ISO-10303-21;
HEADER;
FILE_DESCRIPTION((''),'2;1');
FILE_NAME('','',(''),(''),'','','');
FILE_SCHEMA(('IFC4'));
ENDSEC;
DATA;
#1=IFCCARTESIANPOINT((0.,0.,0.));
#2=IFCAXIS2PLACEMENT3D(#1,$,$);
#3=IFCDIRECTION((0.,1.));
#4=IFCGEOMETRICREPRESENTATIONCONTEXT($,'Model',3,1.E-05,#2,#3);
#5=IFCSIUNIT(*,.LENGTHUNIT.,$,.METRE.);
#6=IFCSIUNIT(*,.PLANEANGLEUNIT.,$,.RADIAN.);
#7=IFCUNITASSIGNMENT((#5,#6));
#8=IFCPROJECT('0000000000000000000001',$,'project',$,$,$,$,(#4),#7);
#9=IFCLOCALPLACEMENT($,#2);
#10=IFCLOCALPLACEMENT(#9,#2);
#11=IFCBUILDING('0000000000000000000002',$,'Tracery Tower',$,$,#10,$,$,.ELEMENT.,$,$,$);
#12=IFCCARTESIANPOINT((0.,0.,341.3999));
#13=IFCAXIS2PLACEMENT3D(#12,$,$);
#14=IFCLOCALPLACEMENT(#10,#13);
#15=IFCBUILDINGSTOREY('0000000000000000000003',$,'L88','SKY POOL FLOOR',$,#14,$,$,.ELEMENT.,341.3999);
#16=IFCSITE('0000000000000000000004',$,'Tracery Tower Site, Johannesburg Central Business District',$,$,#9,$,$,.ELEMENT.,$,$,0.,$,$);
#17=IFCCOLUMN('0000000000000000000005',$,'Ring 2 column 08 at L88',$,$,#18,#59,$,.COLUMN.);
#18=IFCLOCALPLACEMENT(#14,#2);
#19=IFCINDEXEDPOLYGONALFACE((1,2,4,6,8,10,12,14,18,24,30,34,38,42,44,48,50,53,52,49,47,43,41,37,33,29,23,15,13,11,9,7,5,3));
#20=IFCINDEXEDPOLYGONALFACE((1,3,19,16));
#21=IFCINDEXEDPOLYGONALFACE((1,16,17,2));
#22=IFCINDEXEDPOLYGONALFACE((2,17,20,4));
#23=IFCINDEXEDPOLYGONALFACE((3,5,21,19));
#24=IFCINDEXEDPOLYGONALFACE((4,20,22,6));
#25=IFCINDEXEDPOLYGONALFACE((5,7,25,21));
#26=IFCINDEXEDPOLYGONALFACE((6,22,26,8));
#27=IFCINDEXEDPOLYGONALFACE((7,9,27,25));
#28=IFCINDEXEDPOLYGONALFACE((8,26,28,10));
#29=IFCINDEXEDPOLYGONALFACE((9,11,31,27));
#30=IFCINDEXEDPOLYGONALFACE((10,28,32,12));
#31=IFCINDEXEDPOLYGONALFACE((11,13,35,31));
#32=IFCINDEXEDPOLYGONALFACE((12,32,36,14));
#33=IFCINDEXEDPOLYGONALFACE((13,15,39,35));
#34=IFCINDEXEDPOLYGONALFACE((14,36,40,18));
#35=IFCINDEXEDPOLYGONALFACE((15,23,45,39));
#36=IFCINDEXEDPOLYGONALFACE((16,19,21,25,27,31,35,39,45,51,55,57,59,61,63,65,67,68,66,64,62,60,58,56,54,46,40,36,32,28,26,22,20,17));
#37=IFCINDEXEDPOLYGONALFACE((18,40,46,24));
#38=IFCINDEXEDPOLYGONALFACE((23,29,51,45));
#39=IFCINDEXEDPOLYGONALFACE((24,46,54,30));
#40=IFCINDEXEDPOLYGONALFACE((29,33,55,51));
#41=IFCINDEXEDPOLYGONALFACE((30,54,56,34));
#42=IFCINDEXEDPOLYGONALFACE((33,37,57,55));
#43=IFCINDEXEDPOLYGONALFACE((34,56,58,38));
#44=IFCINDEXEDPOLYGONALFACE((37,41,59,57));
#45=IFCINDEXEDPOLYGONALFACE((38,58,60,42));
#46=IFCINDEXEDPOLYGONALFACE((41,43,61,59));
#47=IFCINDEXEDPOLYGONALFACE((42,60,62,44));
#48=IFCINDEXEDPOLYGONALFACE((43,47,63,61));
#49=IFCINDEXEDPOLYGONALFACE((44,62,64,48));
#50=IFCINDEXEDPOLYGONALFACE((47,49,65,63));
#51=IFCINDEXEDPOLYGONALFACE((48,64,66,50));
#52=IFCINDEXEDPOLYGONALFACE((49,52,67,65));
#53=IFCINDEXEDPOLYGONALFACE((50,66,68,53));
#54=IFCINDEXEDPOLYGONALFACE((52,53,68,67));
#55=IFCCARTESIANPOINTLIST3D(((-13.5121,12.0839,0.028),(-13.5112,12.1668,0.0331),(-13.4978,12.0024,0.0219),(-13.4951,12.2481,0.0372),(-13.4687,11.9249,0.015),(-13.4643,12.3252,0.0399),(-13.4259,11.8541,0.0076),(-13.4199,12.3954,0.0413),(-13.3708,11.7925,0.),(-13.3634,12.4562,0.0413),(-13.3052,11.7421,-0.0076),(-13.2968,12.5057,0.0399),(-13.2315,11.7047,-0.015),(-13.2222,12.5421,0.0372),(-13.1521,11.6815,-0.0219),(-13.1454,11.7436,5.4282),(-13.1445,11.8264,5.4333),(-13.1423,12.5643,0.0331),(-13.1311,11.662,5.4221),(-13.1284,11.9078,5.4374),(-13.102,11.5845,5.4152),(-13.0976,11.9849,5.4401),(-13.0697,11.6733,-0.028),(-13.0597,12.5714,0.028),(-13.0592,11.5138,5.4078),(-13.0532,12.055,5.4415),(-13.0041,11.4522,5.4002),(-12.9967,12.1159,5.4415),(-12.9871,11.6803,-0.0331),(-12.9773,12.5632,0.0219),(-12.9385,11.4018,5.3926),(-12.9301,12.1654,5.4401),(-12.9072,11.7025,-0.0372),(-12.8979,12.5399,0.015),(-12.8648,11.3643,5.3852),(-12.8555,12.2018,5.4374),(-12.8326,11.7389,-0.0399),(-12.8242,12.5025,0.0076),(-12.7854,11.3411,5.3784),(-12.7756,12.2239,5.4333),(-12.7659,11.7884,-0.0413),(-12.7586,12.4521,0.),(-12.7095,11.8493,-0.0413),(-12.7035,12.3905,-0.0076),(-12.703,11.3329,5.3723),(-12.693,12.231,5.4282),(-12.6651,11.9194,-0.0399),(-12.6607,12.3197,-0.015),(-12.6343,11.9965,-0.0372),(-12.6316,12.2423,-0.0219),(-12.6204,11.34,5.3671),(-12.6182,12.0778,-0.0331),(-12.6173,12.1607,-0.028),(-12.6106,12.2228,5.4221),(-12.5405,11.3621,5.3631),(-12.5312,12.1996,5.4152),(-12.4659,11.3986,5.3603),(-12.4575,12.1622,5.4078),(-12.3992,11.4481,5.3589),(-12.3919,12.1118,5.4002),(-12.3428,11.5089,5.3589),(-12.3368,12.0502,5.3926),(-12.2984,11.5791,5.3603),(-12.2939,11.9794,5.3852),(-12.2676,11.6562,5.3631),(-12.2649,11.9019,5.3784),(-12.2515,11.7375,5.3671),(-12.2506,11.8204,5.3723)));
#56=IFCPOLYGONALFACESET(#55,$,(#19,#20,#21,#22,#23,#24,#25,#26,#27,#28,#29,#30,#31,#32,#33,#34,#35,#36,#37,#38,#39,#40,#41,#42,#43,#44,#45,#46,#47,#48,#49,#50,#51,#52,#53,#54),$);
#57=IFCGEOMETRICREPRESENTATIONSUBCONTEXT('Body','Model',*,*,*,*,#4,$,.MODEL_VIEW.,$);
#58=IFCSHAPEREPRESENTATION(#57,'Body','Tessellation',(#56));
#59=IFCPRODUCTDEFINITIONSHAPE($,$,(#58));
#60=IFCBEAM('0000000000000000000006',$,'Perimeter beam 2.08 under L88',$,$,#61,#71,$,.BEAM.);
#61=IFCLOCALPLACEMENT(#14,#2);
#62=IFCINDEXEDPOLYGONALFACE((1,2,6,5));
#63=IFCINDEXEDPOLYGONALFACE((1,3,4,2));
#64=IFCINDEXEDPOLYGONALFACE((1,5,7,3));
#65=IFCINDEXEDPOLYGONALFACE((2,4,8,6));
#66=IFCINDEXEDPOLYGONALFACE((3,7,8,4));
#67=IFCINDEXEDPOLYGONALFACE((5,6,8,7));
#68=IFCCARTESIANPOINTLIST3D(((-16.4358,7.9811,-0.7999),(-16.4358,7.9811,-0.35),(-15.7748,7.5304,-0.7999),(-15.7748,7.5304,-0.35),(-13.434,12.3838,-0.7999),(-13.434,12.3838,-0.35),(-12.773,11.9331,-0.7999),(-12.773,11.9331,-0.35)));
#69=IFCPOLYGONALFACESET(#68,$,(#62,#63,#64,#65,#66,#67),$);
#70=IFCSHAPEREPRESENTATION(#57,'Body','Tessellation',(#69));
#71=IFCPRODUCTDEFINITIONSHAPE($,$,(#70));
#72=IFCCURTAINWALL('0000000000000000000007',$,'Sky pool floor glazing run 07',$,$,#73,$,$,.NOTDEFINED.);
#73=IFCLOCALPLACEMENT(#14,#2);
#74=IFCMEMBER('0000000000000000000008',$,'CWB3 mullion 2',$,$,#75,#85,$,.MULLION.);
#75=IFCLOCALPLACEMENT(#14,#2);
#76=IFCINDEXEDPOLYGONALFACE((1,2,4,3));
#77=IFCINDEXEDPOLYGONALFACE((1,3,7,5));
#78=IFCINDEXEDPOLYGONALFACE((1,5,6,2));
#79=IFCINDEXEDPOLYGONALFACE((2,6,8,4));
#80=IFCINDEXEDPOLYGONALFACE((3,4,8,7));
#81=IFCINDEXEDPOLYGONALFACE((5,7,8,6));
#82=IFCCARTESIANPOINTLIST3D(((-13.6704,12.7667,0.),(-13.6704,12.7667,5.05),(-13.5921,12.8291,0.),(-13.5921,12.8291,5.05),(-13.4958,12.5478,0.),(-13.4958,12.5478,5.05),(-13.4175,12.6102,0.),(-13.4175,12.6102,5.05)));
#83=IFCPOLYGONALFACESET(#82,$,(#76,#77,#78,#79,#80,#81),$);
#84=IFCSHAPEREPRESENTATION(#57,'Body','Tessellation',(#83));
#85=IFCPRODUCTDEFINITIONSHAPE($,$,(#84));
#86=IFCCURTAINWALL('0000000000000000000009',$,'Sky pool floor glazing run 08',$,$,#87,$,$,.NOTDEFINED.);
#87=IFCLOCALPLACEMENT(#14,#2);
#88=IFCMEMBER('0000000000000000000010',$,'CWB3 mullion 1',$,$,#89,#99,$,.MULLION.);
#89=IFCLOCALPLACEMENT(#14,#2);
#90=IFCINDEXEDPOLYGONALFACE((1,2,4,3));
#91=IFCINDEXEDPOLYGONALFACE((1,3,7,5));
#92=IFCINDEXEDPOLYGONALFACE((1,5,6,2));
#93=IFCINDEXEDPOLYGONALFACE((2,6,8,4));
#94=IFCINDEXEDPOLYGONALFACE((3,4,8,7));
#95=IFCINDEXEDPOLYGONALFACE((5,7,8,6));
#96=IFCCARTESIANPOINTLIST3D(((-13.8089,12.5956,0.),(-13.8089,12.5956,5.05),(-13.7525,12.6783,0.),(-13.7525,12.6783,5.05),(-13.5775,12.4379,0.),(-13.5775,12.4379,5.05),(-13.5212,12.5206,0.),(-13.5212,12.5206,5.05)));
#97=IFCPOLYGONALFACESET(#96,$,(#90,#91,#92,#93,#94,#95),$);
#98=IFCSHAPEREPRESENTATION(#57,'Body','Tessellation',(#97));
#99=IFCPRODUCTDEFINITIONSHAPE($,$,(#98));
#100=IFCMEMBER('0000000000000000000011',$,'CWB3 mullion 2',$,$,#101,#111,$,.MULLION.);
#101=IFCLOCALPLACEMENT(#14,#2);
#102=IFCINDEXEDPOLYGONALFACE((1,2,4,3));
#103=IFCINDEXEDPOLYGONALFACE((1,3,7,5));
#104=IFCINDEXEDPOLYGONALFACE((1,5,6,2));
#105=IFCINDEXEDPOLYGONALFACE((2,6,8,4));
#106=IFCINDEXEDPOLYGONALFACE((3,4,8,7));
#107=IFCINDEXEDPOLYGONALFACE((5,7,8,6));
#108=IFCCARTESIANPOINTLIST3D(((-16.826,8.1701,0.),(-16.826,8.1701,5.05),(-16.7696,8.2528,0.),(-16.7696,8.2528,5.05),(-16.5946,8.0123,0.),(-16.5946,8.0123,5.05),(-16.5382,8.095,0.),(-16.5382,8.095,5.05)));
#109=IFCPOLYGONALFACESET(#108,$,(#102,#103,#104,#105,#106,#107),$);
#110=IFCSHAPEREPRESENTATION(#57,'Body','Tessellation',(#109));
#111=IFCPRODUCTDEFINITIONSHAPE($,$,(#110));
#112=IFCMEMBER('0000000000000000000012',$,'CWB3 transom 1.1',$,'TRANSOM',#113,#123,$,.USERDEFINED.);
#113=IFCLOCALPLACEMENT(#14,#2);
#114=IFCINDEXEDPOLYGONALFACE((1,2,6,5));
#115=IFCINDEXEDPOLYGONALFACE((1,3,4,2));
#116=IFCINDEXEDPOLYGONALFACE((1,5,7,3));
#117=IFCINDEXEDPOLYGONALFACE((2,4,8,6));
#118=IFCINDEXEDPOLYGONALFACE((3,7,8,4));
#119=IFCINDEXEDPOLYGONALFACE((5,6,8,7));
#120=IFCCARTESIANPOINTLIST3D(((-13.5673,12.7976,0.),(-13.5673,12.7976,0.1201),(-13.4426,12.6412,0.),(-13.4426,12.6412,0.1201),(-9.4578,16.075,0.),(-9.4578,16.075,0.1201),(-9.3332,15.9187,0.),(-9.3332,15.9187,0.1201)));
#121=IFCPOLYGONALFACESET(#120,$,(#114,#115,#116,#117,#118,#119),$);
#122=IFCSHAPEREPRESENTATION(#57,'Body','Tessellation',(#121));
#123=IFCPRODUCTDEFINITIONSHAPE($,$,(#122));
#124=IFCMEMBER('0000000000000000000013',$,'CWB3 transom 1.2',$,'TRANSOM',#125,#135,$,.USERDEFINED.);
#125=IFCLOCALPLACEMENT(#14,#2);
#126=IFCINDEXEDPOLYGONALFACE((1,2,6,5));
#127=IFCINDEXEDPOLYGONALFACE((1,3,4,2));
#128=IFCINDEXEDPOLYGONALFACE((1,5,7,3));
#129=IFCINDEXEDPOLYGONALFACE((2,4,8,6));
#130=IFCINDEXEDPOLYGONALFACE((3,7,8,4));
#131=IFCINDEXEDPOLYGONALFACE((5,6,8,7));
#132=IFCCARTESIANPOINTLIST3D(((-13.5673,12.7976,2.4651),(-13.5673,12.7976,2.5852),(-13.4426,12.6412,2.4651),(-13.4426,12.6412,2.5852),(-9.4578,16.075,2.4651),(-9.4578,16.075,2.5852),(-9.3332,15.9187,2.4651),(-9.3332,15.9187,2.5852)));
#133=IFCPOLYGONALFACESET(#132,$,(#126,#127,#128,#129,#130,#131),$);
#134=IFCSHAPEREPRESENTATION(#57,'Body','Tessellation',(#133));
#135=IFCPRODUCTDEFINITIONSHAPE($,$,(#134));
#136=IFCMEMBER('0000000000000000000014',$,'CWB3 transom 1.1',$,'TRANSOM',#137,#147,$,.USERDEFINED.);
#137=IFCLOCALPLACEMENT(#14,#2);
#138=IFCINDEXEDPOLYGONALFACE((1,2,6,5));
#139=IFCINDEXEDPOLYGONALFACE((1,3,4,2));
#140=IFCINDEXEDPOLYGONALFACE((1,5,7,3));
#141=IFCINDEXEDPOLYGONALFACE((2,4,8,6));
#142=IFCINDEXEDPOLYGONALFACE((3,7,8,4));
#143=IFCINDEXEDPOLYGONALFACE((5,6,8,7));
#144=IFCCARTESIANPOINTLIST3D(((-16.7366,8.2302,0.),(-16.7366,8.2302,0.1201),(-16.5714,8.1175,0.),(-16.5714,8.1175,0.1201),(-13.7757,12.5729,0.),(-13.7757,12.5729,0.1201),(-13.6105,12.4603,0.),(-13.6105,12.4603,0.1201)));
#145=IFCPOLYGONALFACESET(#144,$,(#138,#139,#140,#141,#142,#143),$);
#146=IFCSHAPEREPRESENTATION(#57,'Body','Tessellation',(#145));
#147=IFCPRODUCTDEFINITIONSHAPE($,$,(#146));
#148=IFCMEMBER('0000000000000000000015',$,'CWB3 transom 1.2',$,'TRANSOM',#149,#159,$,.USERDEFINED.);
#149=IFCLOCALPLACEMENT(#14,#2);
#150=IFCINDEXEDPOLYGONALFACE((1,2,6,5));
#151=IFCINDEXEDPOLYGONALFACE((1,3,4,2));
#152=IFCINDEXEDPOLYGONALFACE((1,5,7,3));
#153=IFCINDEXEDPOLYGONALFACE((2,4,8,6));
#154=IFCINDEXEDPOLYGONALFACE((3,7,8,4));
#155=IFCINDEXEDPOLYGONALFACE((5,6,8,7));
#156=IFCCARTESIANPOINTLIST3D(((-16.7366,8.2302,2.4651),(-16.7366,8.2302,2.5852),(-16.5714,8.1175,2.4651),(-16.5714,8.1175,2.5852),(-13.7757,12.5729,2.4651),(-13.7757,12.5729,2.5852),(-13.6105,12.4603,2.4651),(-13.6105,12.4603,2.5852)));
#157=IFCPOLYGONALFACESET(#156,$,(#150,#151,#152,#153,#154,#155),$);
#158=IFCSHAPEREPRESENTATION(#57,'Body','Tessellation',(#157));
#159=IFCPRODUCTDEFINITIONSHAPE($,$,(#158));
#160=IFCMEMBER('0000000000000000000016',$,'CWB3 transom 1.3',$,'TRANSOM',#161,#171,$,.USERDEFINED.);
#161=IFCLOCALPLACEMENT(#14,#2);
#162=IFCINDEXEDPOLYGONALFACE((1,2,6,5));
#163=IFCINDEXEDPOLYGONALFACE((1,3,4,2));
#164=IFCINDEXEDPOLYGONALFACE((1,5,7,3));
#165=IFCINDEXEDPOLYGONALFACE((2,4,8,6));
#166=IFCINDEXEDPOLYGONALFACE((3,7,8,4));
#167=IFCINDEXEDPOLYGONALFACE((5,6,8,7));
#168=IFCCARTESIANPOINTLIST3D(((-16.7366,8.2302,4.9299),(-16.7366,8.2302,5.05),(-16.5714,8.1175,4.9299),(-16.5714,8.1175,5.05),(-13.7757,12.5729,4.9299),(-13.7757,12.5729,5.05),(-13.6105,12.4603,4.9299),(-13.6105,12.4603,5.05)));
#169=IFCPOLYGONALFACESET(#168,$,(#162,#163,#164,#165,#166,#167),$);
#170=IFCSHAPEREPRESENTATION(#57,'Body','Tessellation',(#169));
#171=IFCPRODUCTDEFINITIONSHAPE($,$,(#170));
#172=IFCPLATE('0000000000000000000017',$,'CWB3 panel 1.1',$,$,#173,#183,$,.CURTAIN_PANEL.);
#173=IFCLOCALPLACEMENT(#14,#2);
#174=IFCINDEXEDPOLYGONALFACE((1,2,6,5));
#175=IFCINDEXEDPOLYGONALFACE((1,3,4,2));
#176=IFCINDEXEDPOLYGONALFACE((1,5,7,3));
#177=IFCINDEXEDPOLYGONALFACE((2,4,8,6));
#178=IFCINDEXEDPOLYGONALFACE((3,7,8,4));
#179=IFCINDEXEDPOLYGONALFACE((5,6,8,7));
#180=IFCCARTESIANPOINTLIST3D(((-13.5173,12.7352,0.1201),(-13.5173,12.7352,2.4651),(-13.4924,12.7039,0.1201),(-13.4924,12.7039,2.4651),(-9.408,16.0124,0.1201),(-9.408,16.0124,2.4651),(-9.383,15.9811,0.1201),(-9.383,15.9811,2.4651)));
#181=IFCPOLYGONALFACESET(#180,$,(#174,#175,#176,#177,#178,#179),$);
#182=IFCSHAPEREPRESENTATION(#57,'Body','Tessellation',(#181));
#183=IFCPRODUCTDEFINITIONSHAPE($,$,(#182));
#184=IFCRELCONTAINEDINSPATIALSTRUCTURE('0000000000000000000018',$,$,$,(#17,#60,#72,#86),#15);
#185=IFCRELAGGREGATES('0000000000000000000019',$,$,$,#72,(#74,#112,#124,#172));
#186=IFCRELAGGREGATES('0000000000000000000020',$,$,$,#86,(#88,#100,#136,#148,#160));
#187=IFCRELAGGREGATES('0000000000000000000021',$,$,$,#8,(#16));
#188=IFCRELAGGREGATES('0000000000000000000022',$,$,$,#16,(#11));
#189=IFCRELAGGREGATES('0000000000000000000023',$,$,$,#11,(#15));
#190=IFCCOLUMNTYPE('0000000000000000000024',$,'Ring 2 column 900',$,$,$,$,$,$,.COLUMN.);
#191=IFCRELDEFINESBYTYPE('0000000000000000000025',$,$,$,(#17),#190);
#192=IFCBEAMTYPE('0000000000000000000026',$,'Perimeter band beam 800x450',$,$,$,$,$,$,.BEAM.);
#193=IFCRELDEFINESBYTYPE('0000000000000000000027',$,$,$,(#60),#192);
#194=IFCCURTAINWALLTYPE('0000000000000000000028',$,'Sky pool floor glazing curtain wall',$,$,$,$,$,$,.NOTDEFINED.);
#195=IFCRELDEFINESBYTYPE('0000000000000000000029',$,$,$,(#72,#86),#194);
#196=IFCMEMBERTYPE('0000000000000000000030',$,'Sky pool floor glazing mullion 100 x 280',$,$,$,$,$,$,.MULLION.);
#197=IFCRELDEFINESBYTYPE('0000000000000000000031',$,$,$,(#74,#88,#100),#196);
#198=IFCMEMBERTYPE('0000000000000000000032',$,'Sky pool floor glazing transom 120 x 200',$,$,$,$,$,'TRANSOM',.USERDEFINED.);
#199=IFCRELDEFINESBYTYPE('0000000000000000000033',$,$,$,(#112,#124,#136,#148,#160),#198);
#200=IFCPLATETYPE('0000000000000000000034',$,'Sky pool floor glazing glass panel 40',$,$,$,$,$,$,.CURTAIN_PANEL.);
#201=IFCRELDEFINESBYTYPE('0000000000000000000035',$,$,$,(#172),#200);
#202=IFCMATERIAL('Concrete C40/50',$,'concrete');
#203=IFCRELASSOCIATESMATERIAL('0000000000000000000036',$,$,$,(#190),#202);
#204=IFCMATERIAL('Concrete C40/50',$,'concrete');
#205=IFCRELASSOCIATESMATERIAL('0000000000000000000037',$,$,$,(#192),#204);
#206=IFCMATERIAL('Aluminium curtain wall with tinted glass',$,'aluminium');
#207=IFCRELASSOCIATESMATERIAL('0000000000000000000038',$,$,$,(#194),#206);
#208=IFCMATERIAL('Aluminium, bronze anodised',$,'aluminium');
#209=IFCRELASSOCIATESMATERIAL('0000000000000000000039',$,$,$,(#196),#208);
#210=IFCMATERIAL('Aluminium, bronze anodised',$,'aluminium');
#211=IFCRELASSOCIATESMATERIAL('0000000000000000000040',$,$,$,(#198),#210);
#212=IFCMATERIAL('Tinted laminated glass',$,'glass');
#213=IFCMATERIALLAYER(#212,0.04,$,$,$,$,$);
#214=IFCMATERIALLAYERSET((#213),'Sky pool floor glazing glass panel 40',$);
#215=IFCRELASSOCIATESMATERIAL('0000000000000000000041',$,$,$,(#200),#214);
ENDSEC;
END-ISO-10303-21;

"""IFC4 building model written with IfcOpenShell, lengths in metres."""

from ifc_helpers import new_model, si_unit, direction, frame, origin, origin_2d, place, context, subcontext, project, spatial, rectangle, circle, extrude, material, layer, layer_set, material_profile, profile_set, type_object, element, aggregate, save


model = new_model("IFC4")

# Units and contexts
model_context = context("Model", 3, precision=1e-05, world=origin(), true_north=direction((0.0, 1.0)))
body_context = subcontext(model_context, "Body", "Model", "MODEL_VIEW")
ifc_project = project(units=[si_unit("LENGTHUNIT", "METRE"), si_unit("PLANEANGLEUNIT", "RADIAN")], contexts=[model_context])

# Site, building, storey
site_placement = place(None, origin())
site = spatial("IfcSite", under=ifc_project, at=site_placement, Name="Tracery Tower Site, Johannesburg Central Business District", CompositionType="ELEMENT", RefElevation=0.0)
building_placement = place(site_placement, origin())
building = spatial("IfcBuilding", under=site, at=building_placement, Name="Tracery Tower", CompositionType="ELEMENT")
storey_placement = place(building_placement, frame((0.0, 0.0, 341.3999)))
storey = spatial("IfcBuildingStorey", under=building, at=storey_placement, Name="L88", Description="SKY POOL FLOOR", CompositionType="ELEMENT", Elevation=341.3999)

# Column
ifc_material_1 = material(Name="Concrete C40/50", Category="concrete")
ifc_material_profile_1 = material_profile(ifc_material_1, circle(Radius=0.45, at=origin_2d()), Name="RC D900")
ifc_profile_set_1 = profile_set([ifc_material_profile_1], Name="Concrete C40/50")
column_type = type_object("IfcColumnType", Name="Ring 2 column 900", PredefinedType="COLUMN", material=ifc_profile_set_1)
column_placement = place(storey_placement, frame((-13.0647, 12.1223, 0.0), z_axis=(0.067616, -0.062754, 0.995736), x_axis=(0.680264, 0.732967, 0.0)))
element("IfcColumn", 1, at=column_placement, inside=storey, type_object=column_type, Name="Ring 2 column 08 at L88", PredefinedType="COLUMN", context=body_context, shape_type="SweptSolid", body=[
    extrude(circle(Radius=0.45, at=origin_2d()), origin(), (0.0, 0.0, 1.0), 5.4233),
])

# Beam
ifc_material_2 = material(Name="Concrete C40/50", Category="concrete")
ifc_material_profile_2 = material_profile(ifc_material_2, rectangle(XDim=0.8, YDim=0.45, at=origin_2d()), Name="RC 800x450")
ifc_profile_set_2 = profile_set([ifc_material_profile_2], Name="Concrete C40/50")
beam_type = type_object("IfcBeamType", Name="Perimeter band beam 800x450", PredefinedType="BEAM", material=ifc_profile_set_2)
beam_placement = place(storey_placement, frame((-13.1035, 12.1584, -0.575), z_axis=(-0.56333, -0.826232, 0.0), x_axis=(0.826232, -0.56333, 0.0)))
element("IfcBeam", 2, at=beam_placement, inside=storey, type_object=beam_type, Name="Perimeter beam 2.08 under L88", PredefinedType="BEAM", context=body_context, shape_type="SweptSolid", body=[
    extrude(rectangle(XDim=0.8, YDim=0.45, at=origin_2d()), origin(), (0.0, 0.0, 1.0), 5.3286),
])

# Curtain wall, member
ifc_material_3 = material(Name="Aluminium curtain wall with tinted glass", Category="aluminium")
curtain_wall_type = type_object("IfcCurtainWallType", Name="Sky pool floor glazing curtain wall", PredefinedType="NOTDEFINED", material=ifc_material_3)
curtain_wall_1_placement = place(storey_placement, origin())
curtain_wall_1 = element("IfcCurtainWall", 3, at=curtain_wall_1_placement, inside=storey, type_object=curtain_wall_type, Name="Sky pool floor glazing run 07", PredefinedType="NOTDEFINED")
ifc_material_4 = material(Name="Aluminium, bronze anodised", Category="aluminium")
ifc_material_profile_3 = material_profile(ifc_material_4, rectangle(XDim=0.28, YDim=0.1001, at=origin_2d()), Name="Sky pool floor glazing mullion 100 x 280")
ifc_profile_set_3 = profile_set([ifc_material_profile_3], Name="Aluminium, bronze anodised")
member_type_1 = type_object("IfcMemberType", Name="Sky pool floor glazing mullion 100 x 280", PredefinedType="MULLION", material=ifc_profile_set_3)
member_1_placement = place(storey_placement, frame((-13.5439, 12.6885, 0.0), z_axis=(0.0, 0.0, 1.0), x_axis=(0.623503, -0.781821, 0.0)))
member_1 = element("IfcMember", 4, at=member_1_placement, type_object=member_type_1, Name="CWB3 mullion 2", PredefinedType="MULLION", context=body_context, shape_type="SweptSolid", body=[
    extrude(rectangle(XDim=0.28, YDim=0.1001, at=origin_2d()), origin(), (0.0, 0.0, 1.0), 5.05),
])

# Curtain wall, members
curtain_wall_2_placement = place(storey_placement, origin())
curtain_wall_2 = element("IfcCurtainWall", 5, at=curtain_wall_2_placement, inside=storey, type_object=curtain_wall_type, Name="Sky pool floor glazing run 08", PredefinedType="NOTDEFINED")
member_2_placement = place(storey_placement, frame((-13.665, 12.5581, 0.0), z_axis=(0.0, 0.0, 1.0), x_axis=(0.826245, -0.563311, 0.0)))
member_2 = element("IfcMember", 6, at=member_2_placement, type_object=member_type_1, Name="CWB3 mullion 1", PredefinedType="MULLION", context=body_context, shape_type="SweptSolid", body=[
    extrude(rectangle(XDim=0.28, YDim=0.1001, at=origin_2d()), origin(), (0.0, 0.0, 1.0), 5.05),
])
member_3_placement = place(storey_placement, frame((-16.6821, 8.1326, 0.0), z_axis=(0.0, 0.0, 1.0), x_axis=(0.826245, -0.563311, 0.0)))
member_3 = element("IfcMember", 7, at=member_3_placement, type_object=member_type_1, Name="CWB3 mullion 2", PredefinedType="MULLION", context=body_context, shape_type="SweptSolid", body=[
    extrude(rectangle(XDim=0.28, YDim=0.1001, at=origin_2d()), origin(), (0.0, 0.0, 1.0), 5.05),
])

# Members
ifc_material_5 = material(Name="Aluminium, bronze anodised", Category="aluminium")
ifc_material_profile_4 = material_profile(ifc_material_5, rectangle(XDim=0.2, YDim=0.1201, at=origin_2d()), Name="Sky pool floor glazing transom 120 x 200")
ifc_profile_set_4 = profile_set([ifc_material_profile_4], Name="Aluminium, bronze anodised")
member_type_2 = type_object("IfcMemberType", Name="Sky pool floor glazing transom 120 x 200", ElementType="TRANSOM", PredefinedType="USERDEFINED", material=ifc_profile_set_4)
member_4_placement = place(storey_placement, frame((-9.3955, 15.9968, 0.0601), z_axis=(-0.78181, -0.623516, 0.0), x_axis=(0.623516, -0.78181, 0.0)))
member_4 = element("IfcMember", 8, at=member_4_placement, type_object=member_type_2, Name="CWB3 transom 1.1", ObjectType="TRANSOM", PredefinedType="USERDEFINED", context=body_context, shape_type="SweptSolid", body=[
    extrude(rectangle(XDim=0.2, YDim=0.1201, at=origin_2d()), origin(), (0.0, 0.0, 1.0), 5.2563),
])
member_5_placement = place(storey_placement, frame((-9.3955, 15.9968, 2.5251), z_axis=(-0.78181, -0.623516, 0.0), x_axis=(0.623516, -0.78181, 0.0)))
member_5 = element("IfcMember", 9, at=member_5_placement, type_object=member_type_2, Name="CWB3 transom 1.2", ObjectType="TRANSOM", PredefinedType="USERDEFINED", context=body_context, shape_type="SweptSolid", body=[
    extrude(rectangle(XDim=0.2, YDim=0.1201, at=origin_2d()), origin(), (0.0, 0.0, 1.0), 5.2563),
])
member_6_placement = place(storey_placement, frame((-13.6931, 12.5166, 0.0601), z_axis=(-0.563331, -0.826231, 0.0), x_axis=(0.826231, -0.563331, 0.0)))
member_6 = element("IfcMember", 10, at=member_6_placement, type_object=member_type_2, Name="CWB3 transom 1.1", ObjectType="TRANSOM", PredefinedType="USERDEFINED", context=body_context, shape_type="SweptSolid", body=[
    extrude(rectangle(XDim=0.2, YDim=0.1201, at=origin_2d()), origin(), (0.0, 0.0, 1.0), 5.2561),
])
member_7_placement = place(storey_placement, frame((-13.6931, 12.5166, 2.5251), z_axis=(-0.563331, -0.826231, 0.0), x_axis=(0.826231, -0.563331, 0.0)))
member_7 = element("IfcMember", 11, at=member_7_placement, type_object=member_type_2, Name="CWB3 transom 1.2", ObjectType="TRANSOM", PredefinedType="USERDEFINED", context=body_context, shape_type="SweptSolid", body=[
    extrude(rectangle(XDim=0.2, YDim=0.1201, at=origin_2d()), origin(), (0.0, 0.0, 1.0), 5.2561),
])
member_8_placement = place(storey_placement, frame((-13.6931, 12.5166, 4.99), z_axis=(-0.563331, -0.826231, 0.0), x_axis=(0.826231, -0.563331, 0.0)))
member_8 = element("IfcMember", 12, at=member_8_placement, type_object=member_type_2, Name="CWB3 transom 1.3", ObjectType="TRANSOM", PredefinedType="USERDEFINED", context=body_context, shape_type="SweptSolid", body=[
    extrude(rectangle(XDim=0.2, YDim=0.1201, at=origin_2d()), origin(), (0.0, 0.0, 1.0), 5.2561),
])

# Plate
ifc_material_6 = material(Name="Tinted laminated glass", Category="glass")
ifc_layer_1 = layer(ifc_material_6, 0.04)
ifc_layer_set_1 = layer_set([ifc_layer_1], Name="Sky pool floor glazing glass panel 40")
plate_type = type_object("IfcPlateType", Name="Sky pool floor glazing glass panel 40", PredefinedType="CURTAIN_PANEL", material=ifc_layer_set_1)
plate_1_placement = place(storey_placement, frame((-11.4502, 14.3582, 0.1201), z_axis=(0.0, 0.0, 1.0), x_axis=(-0.781821, -0.623503, 0.0)))
plate_1 = element("IfcPlate", 13, at=plate_1_placement, type_object=plate_type, Name="CWB3 panel 1.1", PredefinedType="CURTAIN_PANEL", context=body_context, shape_type="SweptSolid", body=[
    extrude(rectangle(XDim=5.2561, YDim=0.04, at=origin_2d()), origin(), (0.0, 0.0, 1.0), 2.345),
])
aggregate(curtain_wall_1, [member_1, member_4, member_5, plate_1])
aggregate(curtain_wall_2, [member_2, member_3, member_6, member_7, member_8])

save(model, "model.ifc")
